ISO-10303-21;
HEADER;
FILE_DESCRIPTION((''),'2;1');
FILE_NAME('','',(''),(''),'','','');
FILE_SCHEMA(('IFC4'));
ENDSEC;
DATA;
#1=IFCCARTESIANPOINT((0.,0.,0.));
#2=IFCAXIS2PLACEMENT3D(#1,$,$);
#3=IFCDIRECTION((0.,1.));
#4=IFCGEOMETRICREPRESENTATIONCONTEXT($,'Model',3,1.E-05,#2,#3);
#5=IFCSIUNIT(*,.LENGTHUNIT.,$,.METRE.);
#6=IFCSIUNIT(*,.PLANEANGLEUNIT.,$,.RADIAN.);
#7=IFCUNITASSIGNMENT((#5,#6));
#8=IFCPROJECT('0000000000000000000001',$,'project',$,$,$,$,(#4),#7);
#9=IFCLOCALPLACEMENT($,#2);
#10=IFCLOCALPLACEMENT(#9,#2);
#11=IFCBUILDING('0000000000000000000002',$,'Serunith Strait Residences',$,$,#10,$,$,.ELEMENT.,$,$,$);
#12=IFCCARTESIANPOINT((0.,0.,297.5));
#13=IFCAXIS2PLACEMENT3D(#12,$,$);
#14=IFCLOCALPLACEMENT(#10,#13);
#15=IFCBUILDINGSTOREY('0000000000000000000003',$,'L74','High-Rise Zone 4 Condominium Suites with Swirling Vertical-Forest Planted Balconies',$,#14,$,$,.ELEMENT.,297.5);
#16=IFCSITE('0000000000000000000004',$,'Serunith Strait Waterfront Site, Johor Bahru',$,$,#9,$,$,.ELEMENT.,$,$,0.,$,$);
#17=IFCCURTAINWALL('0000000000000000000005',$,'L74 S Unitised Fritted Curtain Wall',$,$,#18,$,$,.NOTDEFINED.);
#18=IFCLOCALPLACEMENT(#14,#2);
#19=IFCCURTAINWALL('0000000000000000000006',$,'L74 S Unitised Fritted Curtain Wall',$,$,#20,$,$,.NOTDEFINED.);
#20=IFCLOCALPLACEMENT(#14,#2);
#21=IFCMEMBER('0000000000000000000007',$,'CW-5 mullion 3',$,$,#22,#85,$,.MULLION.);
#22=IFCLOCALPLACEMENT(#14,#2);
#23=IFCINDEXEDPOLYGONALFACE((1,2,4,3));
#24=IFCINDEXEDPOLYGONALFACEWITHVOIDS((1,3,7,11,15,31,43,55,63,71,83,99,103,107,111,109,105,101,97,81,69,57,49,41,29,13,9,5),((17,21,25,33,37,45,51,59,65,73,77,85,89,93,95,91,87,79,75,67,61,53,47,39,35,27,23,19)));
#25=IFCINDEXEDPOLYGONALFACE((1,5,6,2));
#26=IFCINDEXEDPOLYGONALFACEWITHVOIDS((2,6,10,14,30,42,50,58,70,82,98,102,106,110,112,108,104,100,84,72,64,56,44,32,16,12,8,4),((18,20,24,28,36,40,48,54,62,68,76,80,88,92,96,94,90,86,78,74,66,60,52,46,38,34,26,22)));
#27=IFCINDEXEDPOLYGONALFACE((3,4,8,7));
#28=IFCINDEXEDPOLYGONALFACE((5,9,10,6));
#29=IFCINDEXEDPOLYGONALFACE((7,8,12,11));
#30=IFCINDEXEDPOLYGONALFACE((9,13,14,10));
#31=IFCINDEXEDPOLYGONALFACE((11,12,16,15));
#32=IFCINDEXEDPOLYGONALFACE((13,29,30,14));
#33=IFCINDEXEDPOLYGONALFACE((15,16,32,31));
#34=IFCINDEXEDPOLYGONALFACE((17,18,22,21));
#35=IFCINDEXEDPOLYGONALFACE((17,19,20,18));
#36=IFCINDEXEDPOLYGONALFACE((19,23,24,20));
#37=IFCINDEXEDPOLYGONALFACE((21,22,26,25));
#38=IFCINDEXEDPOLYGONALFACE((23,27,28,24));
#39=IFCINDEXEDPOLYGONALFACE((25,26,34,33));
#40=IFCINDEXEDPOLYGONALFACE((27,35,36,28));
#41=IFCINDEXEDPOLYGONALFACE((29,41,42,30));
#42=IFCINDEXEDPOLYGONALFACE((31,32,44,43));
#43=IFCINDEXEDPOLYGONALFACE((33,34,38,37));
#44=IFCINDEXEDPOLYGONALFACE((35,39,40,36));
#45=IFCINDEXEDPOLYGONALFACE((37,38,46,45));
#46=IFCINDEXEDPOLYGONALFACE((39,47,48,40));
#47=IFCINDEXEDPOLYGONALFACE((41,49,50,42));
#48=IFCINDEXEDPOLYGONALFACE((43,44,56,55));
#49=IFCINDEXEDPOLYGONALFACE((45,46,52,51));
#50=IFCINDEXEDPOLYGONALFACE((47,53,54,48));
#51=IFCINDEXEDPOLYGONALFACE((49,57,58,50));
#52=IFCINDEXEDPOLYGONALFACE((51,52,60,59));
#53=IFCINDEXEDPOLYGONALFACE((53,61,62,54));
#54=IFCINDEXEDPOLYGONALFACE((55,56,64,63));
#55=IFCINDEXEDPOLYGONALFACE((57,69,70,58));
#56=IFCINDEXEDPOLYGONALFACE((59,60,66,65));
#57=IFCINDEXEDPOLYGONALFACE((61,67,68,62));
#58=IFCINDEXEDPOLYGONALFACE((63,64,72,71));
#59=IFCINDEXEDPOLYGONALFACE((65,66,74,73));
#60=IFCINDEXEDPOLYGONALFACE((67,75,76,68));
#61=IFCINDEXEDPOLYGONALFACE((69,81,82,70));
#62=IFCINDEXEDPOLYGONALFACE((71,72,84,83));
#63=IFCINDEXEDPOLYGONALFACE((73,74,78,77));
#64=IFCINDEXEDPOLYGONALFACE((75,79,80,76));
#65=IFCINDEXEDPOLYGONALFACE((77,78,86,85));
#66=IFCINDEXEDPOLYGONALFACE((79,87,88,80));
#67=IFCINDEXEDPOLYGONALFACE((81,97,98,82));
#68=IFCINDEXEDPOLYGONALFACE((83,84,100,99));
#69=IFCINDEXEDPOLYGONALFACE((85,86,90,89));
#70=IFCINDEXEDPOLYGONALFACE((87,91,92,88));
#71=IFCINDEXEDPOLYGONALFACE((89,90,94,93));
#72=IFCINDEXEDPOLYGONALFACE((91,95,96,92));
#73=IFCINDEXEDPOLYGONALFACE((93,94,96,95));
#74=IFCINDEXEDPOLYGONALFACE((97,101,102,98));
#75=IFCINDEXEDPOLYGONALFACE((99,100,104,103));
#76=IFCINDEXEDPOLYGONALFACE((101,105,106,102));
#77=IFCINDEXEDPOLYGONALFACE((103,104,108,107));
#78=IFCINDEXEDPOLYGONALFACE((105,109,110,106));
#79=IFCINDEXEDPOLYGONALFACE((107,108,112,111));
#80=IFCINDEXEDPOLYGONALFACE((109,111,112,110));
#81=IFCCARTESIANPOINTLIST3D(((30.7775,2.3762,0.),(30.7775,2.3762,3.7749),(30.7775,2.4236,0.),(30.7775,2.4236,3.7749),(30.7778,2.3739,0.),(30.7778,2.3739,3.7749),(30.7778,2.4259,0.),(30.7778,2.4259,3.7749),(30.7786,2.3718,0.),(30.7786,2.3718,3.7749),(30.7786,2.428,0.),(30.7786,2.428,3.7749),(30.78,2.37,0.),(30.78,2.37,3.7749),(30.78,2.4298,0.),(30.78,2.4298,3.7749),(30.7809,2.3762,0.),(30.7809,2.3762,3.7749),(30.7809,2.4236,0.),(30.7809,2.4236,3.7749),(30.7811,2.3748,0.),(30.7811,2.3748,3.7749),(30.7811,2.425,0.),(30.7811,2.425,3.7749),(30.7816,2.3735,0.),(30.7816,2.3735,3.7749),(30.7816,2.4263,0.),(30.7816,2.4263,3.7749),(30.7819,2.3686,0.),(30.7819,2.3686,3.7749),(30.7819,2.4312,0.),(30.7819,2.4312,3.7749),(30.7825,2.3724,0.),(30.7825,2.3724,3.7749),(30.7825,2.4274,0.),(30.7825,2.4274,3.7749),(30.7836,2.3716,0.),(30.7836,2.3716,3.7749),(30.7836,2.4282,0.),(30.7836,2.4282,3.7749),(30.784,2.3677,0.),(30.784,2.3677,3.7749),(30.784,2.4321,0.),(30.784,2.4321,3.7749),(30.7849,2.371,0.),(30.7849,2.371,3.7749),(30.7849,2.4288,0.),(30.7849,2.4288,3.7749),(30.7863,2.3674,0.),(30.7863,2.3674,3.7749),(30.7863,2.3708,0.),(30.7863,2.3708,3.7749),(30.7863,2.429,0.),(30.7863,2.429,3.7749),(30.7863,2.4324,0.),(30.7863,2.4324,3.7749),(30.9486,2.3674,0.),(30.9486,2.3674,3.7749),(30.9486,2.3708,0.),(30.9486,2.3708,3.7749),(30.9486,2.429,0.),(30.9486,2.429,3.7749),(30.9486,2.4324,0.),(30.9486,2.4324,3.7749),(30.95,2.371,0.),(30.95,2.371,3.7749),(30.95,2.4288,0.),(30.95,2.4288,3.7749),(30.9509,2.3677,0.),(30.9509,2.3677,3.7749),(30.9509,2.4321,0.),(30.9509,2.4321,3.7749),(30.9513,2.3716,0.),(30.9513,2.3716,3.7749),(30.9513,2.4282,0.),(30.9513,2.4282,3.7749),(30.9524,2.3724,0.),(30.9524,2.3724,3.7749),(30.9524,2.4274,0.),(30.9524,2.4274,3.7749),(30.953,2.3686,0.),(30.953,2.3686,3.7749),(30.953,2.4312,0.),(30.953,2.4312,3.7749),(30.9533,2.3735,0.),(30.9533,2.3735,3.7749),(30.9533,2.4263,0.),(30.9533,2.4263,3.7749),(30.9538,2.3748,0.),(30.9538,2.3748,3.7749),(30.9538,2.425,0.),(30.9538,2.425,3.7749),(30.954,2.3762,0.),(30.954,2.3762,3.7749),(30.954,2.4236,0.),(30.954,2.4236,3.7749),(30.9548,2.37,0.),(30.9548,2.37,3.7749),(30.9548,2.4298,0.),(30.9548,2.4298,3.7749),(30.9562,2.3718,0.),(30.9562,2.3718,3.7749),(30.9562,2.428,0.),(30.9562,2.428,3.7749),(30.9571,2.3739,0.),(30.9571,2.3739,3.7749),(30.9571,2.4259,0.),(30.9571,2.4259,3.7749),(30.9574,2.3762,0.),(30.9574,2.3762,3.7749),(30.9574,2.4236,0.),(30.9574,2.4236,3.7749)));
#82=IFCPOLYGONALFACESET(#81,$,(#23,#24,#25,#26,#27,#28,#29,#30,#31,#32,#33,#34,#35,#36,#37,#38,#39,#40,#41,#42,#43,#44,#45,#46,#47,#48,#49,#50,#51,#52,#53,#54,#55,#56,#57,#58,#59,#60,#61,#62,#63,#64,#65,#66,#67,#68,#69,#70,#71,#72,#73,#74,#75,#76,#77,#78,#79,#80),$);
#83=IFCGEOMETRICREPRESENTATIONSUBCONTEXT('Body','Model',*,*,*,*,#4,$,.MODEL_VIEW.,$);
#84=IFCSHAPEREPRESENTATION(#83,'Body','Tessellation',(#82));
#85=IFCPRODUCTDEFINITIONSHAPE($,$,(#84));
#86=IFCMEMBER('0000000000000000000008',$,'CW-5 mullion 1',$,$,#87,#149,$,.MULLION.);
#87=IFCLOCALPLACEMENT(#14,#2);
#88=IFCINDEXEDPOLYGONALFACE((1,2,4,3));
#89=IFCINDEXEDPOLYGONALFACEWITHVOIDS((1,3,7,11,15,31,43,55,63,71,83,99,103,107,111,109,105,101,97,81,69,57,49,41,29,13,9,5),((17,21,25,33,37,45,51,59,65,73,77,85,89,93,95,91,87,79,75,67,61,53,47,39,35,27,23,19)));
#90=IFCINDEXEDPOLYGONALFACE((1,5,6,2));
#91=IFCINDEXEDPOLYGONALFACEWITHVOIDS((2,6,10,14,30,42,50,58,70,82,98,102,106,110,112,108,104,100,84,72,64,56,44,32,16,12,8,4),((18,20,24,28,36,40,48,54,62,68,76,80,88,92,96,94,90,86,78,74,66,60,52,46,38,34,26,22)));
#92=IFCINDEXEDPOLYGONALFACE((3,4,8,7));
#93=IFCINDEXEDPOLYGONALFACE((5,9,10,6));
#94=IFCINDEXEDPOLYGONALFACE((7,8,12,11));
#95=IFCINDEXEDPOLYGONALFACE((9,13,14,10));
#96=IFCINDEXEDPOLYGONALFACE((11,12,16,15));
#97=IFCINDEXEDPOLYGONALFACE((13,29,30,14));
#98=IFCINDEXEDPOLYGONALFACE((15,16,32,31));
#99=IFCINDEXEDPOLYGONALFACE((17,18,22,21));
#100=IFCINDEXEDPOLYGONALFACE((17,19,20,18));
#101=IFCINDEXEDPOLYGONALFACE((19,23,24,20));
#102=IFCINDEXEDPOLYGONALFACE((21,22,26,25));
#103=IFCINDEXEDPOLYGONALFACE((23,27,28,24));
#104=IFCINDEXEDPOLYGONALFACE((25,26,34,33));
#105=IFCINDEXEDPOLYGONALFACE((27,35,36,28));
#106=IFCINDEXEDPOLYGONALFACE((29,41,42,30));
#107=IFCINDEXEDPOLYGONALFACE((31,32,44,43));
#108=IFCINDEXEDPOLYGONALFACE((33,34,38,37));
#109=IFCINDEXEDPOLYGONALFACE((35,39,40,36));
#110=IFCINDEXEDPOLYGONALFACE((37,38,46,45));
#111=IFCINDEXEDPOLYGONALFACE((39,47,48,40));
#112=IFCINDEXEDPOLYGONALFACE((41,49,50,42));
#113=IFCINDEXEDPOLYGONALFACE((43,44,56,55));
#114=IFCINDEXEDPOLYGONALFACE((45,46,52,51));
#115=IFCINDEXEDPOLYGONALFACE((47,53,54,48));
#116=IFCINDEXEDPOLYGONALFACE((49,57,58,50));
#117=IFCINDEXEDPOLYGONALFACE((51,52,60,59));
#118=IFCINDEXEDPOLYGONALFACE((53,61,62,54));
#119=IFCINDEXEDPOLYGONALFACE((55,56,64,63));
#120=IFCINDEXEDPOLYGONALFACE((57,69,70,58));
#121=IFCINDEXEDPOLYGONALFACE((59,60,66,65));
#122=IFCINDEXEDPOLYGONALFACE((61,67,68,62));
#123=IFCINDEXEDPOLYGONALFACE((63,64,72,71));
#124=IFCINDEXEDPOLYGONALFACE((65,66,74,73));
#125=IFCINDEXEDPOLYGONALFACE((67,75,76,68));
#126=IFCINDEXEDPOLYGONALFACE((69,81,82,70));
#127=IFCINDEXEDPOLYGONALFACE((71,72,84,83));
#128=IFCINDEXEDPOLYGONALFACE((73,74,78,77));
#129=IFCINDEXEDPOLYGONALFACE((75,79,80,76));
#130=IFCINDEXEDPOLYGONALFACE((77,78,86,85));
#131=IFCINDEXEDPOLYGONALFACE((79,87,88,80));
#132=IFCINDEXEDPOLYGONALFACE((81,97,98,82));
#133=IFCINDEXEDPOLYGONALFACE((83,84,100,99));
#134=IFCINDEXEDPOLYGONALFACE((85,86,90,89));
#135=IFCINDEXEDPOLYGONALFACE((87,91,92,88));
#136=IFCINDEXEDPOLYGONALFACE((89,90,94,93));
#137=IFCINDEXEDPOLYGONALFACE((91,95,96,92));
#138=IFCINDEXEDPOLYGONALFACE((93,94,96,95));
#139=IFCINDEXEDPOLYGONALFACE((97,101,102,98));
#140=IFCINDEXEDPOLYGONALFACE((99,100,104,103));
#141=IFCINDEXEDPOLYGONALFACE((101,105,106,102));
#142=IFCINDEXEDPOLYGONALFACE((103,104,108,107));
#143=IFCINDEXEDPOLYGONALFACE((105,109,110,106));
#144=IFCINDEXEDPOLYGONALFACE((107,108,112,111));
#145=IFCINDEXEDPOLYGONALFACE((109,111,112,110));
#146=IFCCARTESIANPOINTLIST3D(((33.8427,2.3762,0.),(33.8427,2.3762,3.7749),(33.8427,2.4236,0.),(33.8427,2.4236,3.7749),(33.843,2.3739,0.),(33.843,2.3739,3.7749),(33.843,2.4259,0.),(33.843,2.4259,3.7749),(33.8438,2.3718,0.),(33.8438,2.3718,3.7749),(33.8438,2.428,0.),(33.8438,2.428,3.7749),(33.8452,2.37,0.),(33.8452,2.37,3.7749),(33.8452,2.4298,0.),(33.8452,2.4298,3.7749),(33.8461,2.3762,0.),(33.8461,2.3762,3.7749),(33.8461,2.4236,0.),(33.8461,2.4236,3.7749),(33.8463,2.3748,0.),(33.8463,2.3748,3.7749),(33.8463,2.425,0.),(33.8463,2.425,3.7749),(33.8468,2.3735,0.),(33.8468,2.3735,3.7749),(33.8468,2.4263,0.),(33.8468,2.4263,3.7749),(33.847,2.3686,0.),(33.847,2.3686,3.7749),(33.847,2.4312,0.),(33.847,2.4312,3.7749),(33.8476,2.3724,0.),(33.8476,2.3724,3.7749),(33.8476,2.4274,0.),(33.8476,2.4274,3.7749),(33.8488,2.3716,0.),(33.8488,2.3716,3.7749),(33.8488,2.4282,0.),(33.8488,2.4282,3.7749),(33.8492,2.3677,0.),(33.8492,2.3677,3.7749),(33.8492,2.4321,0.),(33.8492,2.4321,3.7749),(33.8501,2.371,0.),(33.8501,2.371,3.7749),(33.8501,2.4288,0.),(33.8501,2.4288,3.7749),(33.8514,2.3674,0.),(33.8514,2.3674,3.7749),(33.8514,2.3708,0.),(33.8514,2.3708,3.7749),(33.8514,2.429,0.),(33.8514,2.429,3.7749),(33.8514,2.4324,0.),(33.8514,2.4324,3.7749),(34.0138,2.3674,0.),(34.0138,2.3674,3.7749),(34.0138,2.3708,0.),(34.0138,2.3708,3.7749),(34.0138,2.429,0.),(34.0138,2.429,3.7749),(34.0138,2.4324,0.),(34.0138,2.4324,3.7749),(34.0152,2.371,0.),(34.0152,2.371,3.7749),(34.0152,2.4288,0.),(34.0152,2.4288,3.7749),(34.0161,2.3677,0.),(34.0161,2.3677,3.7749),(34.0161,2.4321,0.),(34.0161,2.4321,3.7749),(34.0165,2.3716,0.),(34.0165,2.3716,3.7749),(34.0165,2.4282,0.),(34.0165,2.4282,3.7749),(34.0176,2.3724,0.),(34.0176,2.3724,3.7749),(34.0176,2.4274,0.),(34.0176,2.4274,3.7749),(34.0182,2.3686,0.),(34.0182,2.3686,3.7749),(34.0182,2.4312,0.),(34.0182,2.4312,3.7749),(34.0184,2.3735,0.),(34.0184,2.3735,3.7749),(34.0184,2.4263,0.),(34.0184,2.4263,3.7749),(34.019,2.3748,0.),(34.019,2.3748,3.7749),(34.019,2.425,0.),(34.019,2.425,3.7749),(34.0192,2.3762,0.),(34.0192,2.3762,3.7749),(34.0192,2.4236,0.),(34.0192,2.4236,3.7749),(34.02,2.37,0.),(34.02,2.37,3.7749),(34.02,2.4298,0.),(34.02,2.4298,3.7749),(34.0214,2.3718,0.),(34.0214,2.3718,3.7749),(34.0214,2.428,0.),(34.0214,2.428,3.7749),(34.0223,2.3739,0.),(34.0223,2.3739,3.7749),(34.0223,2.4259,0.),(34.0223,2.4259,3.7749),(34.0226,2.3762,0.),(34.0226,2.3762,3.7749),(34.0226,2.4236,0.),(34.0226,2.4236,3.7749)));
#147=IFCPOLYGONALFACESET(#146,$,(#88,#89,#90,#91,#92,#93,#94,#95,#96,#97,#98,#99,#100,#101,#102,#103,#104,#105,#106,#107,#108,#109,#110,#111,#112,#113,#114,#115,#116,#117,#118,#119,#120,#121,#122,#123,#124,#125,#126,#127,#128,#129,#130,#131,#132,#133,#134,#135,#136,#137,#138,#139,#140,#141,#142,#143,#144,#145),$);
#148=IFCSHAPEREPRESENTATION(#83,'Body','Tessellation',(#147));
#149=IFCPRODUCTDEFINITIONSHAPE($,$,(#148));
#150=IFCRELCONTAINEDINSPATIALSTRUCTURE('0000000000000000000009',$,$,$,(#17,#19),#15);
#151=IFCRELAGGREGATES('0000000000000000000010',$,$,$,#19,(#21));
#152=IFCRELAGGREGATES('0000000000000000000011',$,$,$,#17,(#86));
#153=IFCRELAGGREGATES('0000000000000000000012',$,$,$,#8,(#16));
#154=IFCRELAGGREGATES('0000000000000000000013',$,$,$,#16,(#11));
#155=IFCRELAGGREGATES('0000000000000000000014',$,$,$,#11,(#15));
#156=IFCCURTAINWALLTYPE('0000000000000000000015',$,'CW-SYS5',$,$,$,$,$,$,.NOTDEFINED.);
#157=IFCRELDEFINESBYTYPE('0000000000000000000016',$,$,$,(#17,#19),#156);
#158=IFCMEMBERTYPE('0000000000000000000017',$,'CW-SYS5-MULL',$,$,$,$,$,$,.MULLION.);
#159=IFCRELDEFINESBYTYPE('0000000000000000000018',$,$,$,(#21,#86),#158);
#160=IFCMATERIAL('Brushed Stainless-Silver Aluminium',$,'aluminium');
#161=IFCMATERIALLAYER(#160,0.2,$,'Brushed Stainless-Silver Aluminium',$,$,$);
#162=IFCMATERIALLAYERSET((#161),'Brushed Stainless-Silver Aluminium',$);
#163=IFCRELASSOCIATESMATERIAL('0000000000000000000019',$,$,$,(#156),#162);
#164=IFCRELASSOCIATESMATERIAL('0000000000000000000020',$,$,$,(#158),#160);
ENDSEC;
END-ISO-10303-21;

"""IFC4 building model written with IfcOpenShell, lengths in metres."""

from ifc_helpers import new_model, si_unit, direction, frame, origin, origin_2d, place, context, subcontext, project, spatial, hollow_rectangle, extrude, source, transform, mapped, material, layer, layer_set, material_profile, profile_set, type_object, element, aggregate, save


model = new_model("IFC4")

# Units and contexts
model_context = context("Model", 3, precision=1e-05, world=origin(), true_north=direction((0.0, 1.0)))
body_context = subcontext(model_context, "Body", "Model", "MODEL_VIEW")
ifc_project = project(units=[si_unit("LENGTHUNIT", "METRE"), si_unit("PLANEANGLEUNIT", "RADIAN")], contexts=[model_context])

# Site, building, storey
site_placement = place(None, origin())
site = spatial("IfcSite", under=ifc_project, at=site_placement, Name="Serunith Strait Waterfront Site, Johor Bahru", CompositionType="ELEMENT", RefElevation=0.0)
building_placement = place(site_placement, origin())
building = spatial("IfcBuilding", under=site, at=building_placement, Name="Serunith Strait Residences", CompositionType="ELEMENT")
storey_placement = place(building_placement, frame((0.0, 0.0, 297.5)))
storey = spatial("IfcBuildingStorey", under=building, at=storey_placement, Name="L74", Description="High-Rise Zone 4 Condominium Suites with Swirling Vertical-Forest Planted Balconies", CompositionType="ELEMENT", Elevation=297.5)

# Curtain wall
ifc_material_1 = material(Name="Brushed Stainless-Silver Aluminium", Category="aluminium")
ifc_layer_1 = layer(ifc_material_1, 0.2, Name="Brushed Stainless-Silver Aluminium")
ifc_layer_set_1 = layer_set([ifc_layer_1], Name="Brushed Stainless-Silver Aluminium")
curtain_wall_type = type_object("IfcCurtainWallType", Name="CW-SYS5", PredefinedType="NOTDEFINED", material=ifc_layer_set_1)
curtain_wall_1_placement = place(storey_placement, origin())
curtain_wall_1 = element("IfcCurtainWall", 1, at=curtain_wall_1_placement, inside=storey, type_object=curtain_wall_type, Name="L74 S Unitised Fritted Curtain Wall", PredefinedType="NOTDEFINED")

# Curtain wall, member
curtain_wall_2_placement = place(storey_placement, origin())
curtain_wall_2 = element("IfcCurtainWall", 2, at=curtain_wall_2_placement, inside=storey, type_object=curtain_wall_type, Name="L74 S Unitised Fritted Curtain Wall", PredefinedType="NOTDEFINED")
ifc_material_profile_1 = material_profile(ifc_material_1, hollow_rectangle(XDim=0.0649, YDim=0.1799, WallThickness=0.0034, InnerFilletRadius=0.0054, OuterFilletRadius=0.0088, at=origin_2d()), Name="ALU 180x65x3.5")
ifc_profile_set_1 = profile_set([ifc_material_profile_1], Name="Brushed Stainless-Silver Aluminium")
member_type_1 = type_object("IfcMemberType", Name="CW-SYS5-MULL", PredefinedType="MULLION", material=ifc_profile_set_1)
shared_shape_1 = source(origin(), body_context, "Body", "SweptSolid", [
    extrude(hollow_rectangle(XDim=0.0649, YDim=0.1799, WallThickness=0.0034, InnerFilletRadius=0.0054, OuterFilletRadius=0.0088, at=origin_2d()), origin(), (0.0, 0.0, 1.0), 3.7749),
])
member_1_placement = place(storey_placement, frame((30.8674, 2.3999, 0.0), z_axis=(0.0, 0.0, 1.0), x_axis=(0.0, 1.0, 0.0)))
member_1 = element("IfcMember", 3, at=member_1_placement, type_object=member_type_1, Name="CW-5 mullion 3", PredefinedType="MULLION", context=body_context, shape_type="MappedRepresentation", body=[
    mapped(shared_shape_1, transform((0.0, 0.0, 0.0), scale=1.0)),
])
aggregate(curtain_wall_2, [member_1])

# Member
member_2_placement = place(storey_placement, frame((33.9326, 2.3999, 0.0), z_axis=(0.0, 0.0, 1.0), x_axis=(0.0, 1.0, 0.0)))
member_2 = element("IfcMember", 4, at=member_2_placement, type_object=member_type_1, Name="CW-5 mullion 1", PredefinedType="MULLION", context=body_context, shape_type="MappedRepresentation", body=[
    mapped(shared_shape_1, transform((0.0, 0.0, 0.0), scale=1.0)),
])

aggregate(curtain_wall_1, [member_2])

save(model, "model.ifc")
